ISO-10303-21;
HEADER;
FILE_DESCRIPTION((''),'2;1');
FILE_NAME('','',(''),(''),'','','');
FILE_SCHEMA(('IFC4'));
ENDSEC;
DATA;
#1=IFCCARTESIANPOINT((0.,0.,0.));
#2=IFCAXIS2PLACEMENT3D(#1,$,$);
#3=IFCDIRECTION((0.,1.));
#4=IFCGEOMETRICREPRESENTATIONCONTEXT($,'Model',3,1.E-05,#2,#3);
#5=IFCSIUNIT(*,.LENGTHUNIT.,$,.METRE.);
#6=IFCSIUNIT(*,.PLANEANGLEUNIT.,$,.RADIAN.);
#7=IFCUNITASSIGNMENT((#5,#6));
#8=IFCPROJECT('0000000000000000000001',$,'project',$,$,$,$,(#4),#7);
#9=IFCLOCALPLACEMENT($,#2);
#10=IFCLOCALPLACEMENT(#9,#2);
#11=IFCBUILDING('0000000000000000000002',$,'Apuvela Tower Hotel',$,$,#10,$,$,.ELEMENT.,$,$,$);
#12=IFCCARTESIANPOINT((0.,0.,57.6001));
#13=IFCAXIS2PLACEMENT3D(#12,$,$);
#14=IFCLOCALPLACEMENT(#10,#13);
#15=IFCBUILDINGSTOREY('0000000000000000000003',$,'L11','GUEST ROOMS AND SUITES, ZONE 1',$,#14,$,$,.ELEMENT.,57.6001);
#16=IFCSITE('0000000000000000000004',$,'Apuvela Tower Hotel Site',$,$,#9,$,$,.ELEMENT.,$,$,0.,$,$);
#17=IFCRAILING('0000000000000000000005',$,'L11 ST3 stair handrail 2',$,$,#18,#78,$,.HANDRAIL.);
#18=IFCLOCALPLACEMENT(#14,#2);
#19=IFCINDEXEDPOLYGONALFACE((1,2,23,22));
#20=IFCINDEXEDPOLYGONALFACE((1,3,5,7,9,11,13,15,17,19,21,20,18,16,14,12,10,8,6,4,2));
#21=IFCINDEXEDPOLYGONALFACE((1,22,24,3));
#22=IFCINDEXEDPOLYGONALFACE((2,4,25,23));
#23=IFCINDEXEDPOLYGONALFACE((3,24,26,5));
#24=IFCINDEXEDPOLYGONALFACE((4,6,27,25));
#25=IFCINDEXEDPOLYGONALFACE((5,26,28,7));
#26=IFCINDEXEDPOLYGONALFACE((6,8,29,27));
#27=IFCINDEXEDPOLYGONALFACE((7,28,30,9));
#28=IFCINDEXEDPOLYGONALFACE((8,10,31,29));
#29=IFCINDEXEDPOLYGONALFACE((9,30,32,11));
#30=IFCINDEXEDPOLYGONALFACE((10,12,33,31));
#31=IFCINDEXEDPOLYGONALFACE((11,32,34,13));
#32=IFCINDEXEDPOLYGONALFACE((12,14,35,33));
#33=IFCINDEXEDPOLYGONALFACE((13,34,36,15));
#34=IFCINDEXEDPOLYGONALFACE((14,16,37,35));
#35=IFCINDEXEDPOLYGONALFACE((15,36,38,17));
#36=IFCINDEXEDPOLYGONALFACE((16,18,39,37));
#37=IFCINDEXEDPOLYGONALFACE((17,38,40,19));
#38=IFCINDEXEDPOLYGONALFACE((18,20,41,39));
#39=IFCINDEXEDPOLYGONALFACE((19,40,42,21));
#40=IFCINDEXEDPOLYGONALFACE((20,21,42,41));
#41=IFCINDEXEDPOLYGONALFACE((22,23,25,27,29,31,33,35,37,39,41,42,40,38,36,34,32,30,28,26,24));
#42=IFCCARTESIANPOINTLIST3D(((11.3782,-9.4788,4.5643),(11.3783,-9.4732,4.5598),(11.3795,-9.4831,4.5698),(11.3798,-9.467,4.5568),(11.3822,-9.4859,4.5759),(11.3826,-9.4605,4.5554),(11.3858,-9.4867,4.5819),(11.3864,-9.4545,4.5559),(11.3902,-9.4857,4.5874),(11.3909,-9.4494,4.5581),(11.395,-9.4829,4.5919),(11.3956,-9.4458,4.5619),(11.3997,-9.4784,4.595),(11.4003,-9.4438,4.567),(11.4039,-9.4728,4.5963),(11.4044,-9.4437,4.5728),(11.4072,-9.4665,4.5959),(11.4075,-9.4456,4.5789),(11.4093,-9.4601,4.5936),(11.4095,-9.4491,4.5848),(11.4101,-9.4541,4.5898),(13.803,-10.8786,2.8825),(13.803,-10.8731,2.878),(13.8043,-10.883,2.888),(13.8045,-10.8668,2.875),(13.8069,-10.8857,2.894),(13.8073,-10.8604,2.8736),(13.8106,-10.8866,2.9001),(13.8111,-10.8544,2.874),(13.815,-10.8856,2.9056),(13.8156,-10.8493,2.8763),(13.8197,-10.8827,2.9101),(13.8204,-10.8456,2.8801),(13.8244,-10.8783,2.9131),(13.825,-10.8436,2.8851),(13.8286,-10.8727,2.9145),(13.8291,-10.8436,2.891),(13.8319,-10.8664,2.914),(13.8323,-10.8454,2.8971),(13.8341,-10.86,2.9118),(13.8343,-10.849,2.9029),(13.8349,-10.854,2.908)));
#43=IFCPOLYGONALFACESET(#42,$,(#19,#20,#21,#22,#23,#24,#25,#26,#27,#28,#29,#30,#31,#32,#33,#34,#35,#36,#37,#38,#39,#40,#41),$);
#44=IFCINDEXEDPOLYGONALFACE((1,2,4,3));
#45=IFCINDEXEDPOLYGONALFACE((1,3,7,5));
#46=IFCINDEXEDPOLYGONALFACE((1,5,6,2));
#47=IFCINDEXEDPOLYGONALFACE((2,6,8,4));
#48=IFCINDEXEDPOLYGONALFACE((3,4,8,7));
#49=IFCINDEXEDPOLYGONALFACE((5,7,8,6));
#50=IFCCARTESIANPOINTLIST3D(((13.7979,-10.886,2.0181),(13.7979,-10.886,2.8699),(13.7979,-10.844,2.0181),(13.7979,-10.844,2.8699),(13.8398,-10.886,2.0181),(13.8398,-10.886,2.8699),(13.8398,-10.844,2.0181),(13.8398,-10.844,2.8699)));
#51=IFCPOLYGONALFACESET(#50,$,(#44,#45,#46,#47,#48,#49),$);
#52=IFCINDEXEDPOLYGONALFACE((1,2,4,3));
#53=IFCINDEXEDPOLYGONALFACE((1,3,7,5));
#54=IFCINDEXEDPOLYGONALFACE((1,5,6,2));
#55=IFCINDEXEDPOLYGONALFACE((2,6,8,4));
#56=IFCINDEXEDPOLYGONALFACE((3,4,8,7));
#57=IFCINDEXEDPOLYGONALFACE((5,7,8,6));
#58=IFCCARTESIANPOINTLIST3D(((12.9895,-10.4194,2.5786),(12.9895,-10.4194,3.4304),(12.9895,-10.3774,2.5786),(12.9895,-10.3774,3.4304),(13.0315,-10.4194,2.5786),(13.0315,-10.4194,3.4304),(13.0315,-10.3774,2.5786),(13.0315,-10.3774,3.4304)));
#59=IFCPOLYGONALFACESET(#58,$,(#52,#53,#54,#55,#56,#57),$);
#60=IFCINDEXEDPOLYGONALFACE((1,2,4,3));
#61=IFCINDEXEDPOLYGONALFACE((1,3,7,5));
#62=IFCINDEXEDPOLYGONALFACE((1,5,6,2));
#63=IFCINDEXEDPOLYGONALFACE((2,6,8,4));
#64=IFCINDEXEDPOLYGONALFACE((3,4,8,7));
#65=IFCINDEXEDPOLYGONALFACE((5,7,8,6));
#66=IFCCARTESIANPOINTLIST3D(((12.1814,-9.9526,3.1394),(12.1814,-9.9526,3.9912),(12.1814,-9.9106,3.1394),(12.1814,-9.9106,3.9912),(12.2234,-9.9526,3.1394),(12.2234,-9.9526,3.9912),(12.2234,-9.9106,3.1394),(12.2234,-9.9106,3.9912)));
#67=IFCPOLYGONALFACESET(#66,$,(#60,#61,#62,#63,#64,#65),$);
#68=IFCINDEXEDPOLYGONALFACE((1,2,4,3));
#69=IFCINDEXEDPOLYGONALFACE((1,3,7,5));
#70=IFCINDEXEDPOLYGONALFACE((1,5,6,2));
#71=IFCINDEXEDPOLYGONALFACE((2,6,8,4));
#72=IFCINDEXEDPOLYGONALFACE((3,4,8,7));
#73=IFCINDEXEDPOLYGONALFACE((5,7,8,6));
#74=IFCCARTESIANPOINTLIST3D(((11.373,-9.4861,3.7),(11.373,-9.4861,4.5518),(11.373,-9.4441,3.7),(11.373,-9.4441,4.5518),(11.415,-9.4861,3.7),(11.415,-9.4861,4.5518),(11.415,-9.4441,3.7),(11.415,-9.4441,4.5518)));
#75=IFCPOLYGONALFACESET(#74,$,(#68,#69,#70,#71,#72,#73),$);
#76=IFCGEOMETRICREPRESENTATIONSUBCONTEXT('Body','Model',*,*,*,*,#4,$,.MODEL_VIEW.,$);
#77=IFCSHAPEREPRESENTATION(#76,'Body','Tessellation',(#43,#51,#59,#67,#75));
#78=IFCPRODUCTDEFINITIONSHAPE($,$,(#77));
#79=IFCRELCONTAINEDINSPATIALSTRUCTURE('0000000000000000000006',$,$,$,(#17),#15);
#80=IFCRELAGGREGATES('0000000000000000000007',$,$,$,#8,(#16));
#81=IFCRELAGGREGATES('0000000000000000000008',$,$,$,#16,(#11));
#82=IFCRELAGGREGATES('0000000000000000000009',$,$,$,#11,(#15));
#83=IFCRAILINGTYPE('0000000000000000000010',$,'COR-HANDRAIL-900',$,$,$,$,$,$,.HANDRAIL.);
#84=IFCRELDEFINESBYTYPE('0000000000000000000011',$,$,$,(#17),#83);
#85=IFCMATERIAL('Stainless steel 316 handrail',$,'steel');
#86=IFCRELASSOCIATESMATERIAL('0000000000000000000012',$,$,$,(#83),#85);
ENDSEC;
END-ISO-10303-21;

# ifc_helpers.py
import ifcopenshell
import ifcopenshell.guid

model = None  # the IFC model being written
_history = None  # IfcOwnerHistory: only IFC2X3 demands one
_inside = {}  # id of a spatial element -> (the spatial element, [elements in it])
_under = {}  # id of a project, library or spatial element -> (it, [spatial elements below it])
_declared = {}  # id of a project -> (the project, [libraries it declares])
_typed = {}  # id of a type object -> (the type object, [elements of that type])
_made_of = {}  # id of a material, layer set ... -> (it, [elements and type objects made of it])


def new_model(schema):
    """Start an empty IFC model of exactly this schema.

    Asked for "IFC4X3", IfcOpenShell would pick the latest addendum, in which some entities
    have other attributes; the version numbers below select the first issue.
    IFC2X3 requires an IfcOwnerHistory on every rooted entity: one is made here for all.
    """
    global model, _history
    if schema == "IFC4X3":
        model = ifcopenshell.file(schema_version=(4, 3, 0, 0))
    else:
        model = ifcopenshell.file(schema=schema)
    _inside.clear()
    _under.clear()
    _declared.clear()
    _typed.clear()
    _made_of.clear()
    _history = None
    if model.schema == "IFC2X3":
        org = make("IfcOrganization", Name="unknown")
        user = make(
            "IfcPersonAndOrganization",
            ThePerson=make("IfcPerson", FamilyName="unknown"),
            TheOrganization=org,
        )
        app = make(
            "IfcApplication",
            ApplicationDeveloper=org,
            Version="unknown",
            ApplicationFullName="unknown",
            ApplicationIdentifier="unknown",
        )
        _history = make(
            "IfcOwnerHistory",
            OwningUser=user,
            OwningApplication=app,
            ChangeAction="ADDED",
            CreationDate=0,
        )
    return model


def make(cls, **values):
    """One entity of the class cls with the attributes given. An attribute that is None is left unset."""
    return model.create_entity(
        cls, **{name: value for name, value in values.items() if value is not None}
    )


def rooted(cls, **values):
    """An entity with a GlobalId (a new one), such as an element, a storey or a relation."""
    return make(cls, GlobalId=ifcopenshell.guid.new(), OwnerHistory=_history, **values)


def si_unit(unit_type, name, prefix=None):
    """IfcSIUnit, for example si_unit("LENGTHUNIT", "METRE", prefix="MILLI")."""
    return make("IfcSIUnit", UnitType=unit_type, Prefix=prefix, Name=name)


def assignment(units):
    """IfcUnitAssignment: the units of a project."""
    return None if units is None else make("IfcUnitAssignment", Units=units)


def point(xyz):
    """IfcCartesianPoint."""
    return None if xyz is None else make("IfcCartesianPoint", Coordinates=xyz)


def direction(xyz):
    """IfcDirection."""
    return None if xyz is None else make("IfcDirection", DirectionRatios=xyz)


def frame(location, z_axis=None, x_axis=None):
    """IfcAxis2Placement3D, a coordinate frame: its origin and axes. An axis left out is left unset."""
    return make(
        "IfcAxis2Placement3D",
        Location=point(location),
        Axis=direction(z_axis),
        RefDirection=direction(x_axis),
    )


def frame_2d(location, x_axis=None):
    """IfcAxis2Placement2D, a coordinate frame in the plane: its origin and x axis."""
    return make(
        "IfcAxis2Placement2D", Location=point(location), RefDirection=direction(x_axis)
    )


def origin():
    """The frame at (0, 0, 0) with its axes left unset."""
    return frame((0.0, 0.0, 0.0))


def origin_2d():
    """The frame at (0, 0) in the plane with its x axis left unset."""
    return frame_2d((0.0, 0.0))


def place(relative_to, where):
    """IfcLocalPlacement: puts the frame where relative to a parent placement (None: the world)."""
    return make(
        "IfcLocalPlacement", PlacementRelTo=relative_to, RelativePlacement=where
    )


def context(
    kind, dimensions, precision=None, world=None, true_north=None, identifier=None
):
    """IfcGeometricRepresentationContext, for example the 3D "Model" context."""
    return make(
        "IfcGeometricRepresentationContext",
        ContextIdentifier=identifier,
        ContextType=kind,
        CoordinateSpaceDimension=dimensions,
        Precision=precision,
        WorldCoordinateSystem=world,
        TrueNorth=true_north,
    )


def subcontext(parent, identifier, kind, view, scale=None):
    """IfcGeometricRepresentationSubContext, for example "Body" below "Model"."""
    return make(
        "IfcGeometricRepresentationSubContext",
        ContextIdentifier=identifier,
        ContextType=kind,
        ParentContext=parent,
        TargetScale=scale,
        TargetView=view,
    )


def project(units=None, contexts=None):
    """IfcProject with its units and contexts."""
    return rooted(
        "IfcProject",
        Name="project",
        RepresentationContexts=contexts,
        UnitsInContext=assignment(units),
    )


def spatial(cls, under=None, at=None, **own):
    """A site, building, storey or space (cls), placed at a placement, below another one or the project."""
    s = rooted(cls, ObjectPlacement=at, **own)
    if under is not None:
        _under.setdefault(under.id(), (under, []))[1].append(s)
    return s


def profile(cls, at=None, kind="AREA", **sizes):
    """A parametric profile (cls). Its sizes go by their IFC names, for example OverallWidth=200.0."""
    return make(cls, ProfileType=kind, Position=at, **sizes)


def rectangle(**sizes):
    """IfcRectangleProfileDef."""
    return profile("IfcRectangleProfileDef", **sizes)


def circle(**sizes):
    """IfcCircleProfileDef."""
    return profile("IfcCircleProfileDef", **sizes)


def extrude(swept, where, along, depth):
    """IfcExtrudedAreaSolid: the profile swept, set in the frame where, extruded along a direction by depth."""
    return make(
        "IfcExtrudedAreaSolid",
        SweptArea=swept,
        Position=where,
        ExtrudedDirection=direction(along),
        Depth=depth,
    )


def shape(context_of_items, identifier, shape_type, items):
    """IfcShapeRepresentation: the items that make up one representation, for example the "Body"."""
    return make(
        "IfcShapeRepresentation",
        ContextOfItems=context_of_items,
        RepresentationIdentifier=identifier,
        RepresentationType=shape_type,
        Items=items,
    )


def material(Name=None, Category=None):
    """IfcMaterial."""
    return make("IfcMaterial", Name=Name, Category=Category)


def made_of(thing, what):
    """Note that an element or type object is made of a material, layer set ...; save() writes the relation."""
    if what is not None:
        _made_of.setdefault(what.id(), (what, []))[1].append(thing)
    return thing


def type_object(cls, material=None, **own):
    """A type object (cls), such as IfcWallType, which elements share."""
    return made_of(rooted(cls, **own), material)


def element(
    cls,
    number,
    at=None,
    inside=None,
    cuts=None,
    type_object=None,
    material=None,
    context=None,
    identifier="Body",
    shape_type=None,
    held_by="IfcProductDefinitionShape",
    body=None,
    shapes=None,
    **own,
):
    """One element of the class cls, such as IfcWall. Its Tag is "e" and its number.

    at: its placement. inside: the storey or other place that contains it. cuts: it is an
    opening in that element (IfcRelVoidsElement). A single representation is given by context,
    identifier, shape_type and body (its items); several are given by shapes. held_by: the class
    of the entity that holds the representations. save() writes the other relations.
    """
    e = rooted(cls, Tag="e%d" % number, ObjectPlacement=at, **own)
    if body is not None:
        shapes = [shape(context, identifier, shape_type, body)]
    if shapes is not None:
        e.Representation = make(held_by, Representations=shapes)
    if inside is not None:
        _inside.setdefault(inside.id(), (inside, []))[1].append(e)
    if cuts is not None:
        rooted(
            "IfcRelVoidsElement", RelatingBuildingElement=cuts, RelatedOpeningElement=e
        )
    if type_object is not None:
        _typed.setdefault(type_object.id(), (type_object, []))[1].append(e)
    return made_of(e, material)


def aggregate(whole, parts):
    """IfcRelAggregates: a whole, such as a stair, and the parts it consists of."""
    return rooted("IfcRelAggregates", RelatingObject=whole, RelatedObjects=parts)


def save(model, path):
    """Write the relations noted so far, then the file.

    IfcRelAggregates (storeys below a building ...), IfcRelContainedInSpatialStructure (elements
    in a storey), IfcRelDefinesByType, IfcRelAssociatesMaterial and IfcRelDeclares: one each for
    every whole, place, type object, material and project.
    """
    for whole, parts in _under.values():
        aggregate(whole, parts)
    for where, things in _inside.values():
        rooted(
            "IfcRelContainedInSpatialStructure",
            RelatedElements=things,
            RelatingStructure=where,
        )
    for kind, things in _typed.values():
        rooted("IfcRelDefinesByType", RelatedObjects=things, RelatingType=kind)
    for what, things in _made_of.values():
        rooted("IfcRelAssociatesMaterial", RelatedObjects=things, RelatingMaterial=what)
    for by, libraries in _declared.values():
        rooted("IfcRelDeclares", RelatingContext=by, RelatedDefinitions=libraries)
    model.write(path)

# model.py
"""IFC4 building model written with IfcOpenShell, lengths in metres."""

from ifc_helpers import new_model, si_unit, direction, frame, origin, origin_2d, place, context, subcontext, project, spatial, rectangle, circle, extrude, material, type_object, element, save


model = new_model("IFC4")

# Units and contexts
model_context = context("Model", 3, precision=1e-05, world=origin(), true_north=direction((0.0, 1.0)))
body_context = subcontext(model_context, "Body", "Model", "MODEL_VIEW")
ifc_project = project(units=[si_unit("LENGTHUNIT", "METRE"), si_unit("PLANEANGLEUNIT", "RADIAN")], contexts=[model_context])

# Site, building, storey
site_placement = place(None, origin())
site = spatial("IfcSite", under=ifc_project, at=site_placement, Name="Apuvela Tower Hotel Site", CompositionType="ELEMENT", RefElevation=0.0)
building_placement = place(site_placement, origin())
building = spatial("IfcBuilding", under=site, at=building_placement, Name="Apuvela Tower Hotel", CompositionType="ELEMENT")
storey_placement = place(building_placement, frame((0.0, 0.0, 57.6001)))
storey = spatial("IfcBuildingStorey", under=building, at=storey_placement, Name="L11", Description="GUEST ROOMS AND SUITES, ZONE 1", CompositionType="ELEMENT", Elevation=57.6001)

# Railing
ifc_material_1 = material(Name="Stainless steel 316 handrail", Category="steel")
railing_type_1 = type_object("IfcRailingType", Name="COR-HANDRAIL-900", PredefinedType="HANDRAIL", material=ifc_material_1)
railing_1_placement = place(storey_placement, frame((13.8188, -10.865, 2.0181)))
element("IfcRailing", 1, at=railing_1_placement, inside=storey, type_object=railing_type_1, Name="L11 ST3 stair handrail 2", PredefinedType="HANDRAIL", context=body_context, shape_type="SweptSolid", body=[
    extrude(circle(Radius=0.0239, at=origin_2d()), frame((0.0, 0.0, 0.876), z_axis=(-0.74239, 0.428601, 0.514934), x_axis=(-0.499984, -0.866035, 0.0)), (0.0, 0.0, 1.0), 3.2661),
    extrude(rectangle(XDim=0.042, YDim=0.042, at=origin_2d()), origin(), (0.0, 0.0, 1.0), 0.8518),
    extrude(rectangle(XDim=0.042, YDim=0.042, at=origin_2d()), frame((-0.8083, 0.4666, 0.5605)), (0.0, 0.0, 1.0), 0.8518),
    extrude(rectangle(XDim=0.042, YDim=0.042, at=origin_2d()), frame((-1.6165, 0.9333, 1.1213)), (0.0, 0.0, 1.0), 0.8518),
    extrude(rectangle(XDim=0.042, YDim=0.042, at=origin_2d()), frame((-2.4248, 1.3999, 1.6819)), (0.0, 0.0, 1.0), 0.8518),
])

save(model, "model.ifc")
